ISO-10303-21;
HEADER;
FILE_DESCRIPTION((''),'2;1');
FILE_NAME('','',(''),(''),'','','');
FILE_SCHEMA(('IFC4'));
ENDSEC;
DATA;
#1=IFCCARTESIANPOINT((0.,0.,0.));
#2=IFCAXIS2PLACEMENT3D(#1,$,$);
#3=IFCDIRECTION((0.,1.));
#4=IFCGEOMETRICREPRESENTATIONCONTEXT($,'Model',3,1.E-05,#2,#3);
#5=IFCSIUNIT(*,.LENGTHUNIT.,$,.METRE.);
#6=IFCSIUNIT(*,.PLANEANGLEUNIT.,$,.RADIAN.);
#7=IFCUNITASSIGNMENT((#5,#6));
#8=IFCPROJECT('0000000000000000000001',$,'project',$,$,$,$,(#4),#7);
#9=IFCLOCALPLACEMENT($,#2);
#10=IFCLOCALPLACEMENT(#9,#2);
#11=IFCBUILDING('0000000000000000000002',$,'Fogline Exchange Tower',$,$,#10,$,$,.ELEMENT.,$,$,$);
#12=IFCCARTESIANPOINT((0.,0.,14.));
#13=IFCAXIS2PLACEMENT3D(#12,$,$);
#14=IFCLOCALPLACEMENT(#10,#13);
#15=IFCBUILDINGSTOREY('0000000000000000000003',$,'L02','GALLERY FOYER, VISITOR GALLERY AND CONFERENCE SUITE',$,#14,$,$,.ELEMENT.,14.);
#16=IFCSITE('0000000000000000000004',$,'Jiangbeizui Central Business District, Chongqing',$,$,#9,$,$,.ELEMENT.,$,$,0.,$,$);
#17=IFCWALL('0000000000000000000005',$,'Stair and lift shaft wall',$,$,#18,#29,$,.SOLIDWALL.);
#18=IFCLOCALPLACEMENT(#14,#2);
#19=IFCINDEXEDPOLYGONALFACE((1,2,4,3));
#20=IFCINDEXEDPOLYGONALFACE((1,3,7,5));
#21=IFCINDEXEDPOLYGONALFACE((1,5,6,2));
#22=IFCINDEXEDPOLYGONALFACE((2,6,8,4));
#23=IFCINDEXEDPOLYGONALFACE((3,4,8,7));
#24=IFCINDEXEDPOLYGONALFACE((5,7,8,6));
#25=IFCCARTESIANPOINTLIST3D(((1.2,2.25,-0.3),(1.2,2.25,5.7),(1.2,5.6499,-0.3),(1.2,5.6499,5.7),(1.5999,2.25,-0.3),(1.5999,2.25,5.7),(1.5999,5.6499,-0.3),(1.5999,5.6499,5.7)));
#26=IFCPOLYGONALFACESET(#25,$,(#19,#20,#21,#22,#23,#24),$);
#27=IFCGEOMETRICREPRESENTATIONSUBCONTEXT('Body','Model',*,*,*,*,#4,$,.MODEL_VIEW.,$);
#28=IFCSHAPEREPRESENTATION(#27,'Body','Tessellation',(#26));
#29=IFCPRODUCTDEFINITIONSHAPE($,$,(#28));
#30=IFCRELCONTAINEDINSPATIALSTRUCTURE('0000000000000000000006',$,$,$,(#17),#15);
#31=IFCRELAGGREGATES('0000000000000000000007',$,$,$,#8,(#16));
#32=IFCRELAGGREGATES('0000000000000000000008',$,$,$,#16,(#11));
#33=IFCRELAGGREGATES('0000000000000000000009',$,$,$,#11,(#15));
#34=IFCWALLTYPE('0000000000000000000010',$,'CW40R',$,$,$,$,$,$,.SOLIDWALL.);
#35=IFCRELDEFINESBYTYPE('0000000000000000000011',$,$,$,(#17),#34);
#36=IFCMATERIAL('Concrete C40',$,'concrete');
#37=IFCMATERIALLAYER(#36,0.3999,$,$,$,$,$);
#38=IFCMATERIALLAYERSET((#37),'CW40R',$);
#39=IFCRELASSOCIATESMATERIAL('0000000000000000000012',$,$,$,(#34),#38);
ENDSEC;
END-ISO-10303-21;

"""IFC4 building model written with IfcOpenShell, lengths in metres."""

from ifc_helpers import new_model, si_unit, direction, frame, frame_2d, origin, place, context, subcontext, project, spatial, rectangle, extrude, material, layer, layer_set, type_object, element, save


model = new_model("IFC4")

# Units and contexts
model_context = context("Model", 3, precision=1e-05, world=origin(), true_north=direction((0.0, 1.0)))
body_context = subcontext(model_context, "Body", "Model", "MODEL_VIEW")
ifc_project = project(units=[si_unit("LENGTHUNIT", "METRE"), si_unit("PLANEANGLEUNIT", "RADIAN")], contexts=[model_context])

# Site, building, storey
site_placement = place(None, origin())
site = spatial("IfcSite", under=ifc_project, at=site_placement, Name="Jiangbeizui Central Business District, Chongqing", CompositionType="ELEMENT", RefElevation=0.0)
building_placement = place(site_placement, origin())
building = spatial("IfcBuilding", under=site, at=building_placement, Name="Fogline Exchange Tower", CompositionType="ELEMENT")
storey_placement = place(building_placement, frame((0.0, 0.0, 14.0)))
storey = spatial("IfcBuildingStorey", under=building, at=storey_placement, Name="L02", Description="GALLERY FOYER, VISITOR GALLERY AND CONFERENCE SUITE", CompositionType="ELEMENT", Elevation=14.0)

# Shared definitions
ifc_material_1 = material(Name="Concrete C40", Category="concrete")

# Wall
ifc_layer_1 = layer(ifc_material_1, 0.3999)
ifc_layer_set_1 = layer_set([ifc_layer_1], Name="CW40R")
wall_type = type_object("IfcWallType", Name="CW40R", PredefinedType="SOLIDWALL", material=ifc_layer_set_1)
wall_placement = place(storey_placement, frame((1.3999, 2.25, -0.3), z_axis=(0.0, 0.0, 1.0), x_axis=(0.0, 1.0, 0.0)))
element("IfcWall", 1, at=wall_placement, inside=storey, type_object=wall_type, Name="Stair and lift shaft wall", PredefinedType="SOLIDWALL", context=body_context, shape_type="SweptSolid", body=[
    extrude(rectangle(XDim=3.3999, YDim=0.3999, at=frame_2d((1.7, 0.0))), origin(), (0.0, 0.0, 1.0), 6.0),
])

save(model, "model.ifc")
